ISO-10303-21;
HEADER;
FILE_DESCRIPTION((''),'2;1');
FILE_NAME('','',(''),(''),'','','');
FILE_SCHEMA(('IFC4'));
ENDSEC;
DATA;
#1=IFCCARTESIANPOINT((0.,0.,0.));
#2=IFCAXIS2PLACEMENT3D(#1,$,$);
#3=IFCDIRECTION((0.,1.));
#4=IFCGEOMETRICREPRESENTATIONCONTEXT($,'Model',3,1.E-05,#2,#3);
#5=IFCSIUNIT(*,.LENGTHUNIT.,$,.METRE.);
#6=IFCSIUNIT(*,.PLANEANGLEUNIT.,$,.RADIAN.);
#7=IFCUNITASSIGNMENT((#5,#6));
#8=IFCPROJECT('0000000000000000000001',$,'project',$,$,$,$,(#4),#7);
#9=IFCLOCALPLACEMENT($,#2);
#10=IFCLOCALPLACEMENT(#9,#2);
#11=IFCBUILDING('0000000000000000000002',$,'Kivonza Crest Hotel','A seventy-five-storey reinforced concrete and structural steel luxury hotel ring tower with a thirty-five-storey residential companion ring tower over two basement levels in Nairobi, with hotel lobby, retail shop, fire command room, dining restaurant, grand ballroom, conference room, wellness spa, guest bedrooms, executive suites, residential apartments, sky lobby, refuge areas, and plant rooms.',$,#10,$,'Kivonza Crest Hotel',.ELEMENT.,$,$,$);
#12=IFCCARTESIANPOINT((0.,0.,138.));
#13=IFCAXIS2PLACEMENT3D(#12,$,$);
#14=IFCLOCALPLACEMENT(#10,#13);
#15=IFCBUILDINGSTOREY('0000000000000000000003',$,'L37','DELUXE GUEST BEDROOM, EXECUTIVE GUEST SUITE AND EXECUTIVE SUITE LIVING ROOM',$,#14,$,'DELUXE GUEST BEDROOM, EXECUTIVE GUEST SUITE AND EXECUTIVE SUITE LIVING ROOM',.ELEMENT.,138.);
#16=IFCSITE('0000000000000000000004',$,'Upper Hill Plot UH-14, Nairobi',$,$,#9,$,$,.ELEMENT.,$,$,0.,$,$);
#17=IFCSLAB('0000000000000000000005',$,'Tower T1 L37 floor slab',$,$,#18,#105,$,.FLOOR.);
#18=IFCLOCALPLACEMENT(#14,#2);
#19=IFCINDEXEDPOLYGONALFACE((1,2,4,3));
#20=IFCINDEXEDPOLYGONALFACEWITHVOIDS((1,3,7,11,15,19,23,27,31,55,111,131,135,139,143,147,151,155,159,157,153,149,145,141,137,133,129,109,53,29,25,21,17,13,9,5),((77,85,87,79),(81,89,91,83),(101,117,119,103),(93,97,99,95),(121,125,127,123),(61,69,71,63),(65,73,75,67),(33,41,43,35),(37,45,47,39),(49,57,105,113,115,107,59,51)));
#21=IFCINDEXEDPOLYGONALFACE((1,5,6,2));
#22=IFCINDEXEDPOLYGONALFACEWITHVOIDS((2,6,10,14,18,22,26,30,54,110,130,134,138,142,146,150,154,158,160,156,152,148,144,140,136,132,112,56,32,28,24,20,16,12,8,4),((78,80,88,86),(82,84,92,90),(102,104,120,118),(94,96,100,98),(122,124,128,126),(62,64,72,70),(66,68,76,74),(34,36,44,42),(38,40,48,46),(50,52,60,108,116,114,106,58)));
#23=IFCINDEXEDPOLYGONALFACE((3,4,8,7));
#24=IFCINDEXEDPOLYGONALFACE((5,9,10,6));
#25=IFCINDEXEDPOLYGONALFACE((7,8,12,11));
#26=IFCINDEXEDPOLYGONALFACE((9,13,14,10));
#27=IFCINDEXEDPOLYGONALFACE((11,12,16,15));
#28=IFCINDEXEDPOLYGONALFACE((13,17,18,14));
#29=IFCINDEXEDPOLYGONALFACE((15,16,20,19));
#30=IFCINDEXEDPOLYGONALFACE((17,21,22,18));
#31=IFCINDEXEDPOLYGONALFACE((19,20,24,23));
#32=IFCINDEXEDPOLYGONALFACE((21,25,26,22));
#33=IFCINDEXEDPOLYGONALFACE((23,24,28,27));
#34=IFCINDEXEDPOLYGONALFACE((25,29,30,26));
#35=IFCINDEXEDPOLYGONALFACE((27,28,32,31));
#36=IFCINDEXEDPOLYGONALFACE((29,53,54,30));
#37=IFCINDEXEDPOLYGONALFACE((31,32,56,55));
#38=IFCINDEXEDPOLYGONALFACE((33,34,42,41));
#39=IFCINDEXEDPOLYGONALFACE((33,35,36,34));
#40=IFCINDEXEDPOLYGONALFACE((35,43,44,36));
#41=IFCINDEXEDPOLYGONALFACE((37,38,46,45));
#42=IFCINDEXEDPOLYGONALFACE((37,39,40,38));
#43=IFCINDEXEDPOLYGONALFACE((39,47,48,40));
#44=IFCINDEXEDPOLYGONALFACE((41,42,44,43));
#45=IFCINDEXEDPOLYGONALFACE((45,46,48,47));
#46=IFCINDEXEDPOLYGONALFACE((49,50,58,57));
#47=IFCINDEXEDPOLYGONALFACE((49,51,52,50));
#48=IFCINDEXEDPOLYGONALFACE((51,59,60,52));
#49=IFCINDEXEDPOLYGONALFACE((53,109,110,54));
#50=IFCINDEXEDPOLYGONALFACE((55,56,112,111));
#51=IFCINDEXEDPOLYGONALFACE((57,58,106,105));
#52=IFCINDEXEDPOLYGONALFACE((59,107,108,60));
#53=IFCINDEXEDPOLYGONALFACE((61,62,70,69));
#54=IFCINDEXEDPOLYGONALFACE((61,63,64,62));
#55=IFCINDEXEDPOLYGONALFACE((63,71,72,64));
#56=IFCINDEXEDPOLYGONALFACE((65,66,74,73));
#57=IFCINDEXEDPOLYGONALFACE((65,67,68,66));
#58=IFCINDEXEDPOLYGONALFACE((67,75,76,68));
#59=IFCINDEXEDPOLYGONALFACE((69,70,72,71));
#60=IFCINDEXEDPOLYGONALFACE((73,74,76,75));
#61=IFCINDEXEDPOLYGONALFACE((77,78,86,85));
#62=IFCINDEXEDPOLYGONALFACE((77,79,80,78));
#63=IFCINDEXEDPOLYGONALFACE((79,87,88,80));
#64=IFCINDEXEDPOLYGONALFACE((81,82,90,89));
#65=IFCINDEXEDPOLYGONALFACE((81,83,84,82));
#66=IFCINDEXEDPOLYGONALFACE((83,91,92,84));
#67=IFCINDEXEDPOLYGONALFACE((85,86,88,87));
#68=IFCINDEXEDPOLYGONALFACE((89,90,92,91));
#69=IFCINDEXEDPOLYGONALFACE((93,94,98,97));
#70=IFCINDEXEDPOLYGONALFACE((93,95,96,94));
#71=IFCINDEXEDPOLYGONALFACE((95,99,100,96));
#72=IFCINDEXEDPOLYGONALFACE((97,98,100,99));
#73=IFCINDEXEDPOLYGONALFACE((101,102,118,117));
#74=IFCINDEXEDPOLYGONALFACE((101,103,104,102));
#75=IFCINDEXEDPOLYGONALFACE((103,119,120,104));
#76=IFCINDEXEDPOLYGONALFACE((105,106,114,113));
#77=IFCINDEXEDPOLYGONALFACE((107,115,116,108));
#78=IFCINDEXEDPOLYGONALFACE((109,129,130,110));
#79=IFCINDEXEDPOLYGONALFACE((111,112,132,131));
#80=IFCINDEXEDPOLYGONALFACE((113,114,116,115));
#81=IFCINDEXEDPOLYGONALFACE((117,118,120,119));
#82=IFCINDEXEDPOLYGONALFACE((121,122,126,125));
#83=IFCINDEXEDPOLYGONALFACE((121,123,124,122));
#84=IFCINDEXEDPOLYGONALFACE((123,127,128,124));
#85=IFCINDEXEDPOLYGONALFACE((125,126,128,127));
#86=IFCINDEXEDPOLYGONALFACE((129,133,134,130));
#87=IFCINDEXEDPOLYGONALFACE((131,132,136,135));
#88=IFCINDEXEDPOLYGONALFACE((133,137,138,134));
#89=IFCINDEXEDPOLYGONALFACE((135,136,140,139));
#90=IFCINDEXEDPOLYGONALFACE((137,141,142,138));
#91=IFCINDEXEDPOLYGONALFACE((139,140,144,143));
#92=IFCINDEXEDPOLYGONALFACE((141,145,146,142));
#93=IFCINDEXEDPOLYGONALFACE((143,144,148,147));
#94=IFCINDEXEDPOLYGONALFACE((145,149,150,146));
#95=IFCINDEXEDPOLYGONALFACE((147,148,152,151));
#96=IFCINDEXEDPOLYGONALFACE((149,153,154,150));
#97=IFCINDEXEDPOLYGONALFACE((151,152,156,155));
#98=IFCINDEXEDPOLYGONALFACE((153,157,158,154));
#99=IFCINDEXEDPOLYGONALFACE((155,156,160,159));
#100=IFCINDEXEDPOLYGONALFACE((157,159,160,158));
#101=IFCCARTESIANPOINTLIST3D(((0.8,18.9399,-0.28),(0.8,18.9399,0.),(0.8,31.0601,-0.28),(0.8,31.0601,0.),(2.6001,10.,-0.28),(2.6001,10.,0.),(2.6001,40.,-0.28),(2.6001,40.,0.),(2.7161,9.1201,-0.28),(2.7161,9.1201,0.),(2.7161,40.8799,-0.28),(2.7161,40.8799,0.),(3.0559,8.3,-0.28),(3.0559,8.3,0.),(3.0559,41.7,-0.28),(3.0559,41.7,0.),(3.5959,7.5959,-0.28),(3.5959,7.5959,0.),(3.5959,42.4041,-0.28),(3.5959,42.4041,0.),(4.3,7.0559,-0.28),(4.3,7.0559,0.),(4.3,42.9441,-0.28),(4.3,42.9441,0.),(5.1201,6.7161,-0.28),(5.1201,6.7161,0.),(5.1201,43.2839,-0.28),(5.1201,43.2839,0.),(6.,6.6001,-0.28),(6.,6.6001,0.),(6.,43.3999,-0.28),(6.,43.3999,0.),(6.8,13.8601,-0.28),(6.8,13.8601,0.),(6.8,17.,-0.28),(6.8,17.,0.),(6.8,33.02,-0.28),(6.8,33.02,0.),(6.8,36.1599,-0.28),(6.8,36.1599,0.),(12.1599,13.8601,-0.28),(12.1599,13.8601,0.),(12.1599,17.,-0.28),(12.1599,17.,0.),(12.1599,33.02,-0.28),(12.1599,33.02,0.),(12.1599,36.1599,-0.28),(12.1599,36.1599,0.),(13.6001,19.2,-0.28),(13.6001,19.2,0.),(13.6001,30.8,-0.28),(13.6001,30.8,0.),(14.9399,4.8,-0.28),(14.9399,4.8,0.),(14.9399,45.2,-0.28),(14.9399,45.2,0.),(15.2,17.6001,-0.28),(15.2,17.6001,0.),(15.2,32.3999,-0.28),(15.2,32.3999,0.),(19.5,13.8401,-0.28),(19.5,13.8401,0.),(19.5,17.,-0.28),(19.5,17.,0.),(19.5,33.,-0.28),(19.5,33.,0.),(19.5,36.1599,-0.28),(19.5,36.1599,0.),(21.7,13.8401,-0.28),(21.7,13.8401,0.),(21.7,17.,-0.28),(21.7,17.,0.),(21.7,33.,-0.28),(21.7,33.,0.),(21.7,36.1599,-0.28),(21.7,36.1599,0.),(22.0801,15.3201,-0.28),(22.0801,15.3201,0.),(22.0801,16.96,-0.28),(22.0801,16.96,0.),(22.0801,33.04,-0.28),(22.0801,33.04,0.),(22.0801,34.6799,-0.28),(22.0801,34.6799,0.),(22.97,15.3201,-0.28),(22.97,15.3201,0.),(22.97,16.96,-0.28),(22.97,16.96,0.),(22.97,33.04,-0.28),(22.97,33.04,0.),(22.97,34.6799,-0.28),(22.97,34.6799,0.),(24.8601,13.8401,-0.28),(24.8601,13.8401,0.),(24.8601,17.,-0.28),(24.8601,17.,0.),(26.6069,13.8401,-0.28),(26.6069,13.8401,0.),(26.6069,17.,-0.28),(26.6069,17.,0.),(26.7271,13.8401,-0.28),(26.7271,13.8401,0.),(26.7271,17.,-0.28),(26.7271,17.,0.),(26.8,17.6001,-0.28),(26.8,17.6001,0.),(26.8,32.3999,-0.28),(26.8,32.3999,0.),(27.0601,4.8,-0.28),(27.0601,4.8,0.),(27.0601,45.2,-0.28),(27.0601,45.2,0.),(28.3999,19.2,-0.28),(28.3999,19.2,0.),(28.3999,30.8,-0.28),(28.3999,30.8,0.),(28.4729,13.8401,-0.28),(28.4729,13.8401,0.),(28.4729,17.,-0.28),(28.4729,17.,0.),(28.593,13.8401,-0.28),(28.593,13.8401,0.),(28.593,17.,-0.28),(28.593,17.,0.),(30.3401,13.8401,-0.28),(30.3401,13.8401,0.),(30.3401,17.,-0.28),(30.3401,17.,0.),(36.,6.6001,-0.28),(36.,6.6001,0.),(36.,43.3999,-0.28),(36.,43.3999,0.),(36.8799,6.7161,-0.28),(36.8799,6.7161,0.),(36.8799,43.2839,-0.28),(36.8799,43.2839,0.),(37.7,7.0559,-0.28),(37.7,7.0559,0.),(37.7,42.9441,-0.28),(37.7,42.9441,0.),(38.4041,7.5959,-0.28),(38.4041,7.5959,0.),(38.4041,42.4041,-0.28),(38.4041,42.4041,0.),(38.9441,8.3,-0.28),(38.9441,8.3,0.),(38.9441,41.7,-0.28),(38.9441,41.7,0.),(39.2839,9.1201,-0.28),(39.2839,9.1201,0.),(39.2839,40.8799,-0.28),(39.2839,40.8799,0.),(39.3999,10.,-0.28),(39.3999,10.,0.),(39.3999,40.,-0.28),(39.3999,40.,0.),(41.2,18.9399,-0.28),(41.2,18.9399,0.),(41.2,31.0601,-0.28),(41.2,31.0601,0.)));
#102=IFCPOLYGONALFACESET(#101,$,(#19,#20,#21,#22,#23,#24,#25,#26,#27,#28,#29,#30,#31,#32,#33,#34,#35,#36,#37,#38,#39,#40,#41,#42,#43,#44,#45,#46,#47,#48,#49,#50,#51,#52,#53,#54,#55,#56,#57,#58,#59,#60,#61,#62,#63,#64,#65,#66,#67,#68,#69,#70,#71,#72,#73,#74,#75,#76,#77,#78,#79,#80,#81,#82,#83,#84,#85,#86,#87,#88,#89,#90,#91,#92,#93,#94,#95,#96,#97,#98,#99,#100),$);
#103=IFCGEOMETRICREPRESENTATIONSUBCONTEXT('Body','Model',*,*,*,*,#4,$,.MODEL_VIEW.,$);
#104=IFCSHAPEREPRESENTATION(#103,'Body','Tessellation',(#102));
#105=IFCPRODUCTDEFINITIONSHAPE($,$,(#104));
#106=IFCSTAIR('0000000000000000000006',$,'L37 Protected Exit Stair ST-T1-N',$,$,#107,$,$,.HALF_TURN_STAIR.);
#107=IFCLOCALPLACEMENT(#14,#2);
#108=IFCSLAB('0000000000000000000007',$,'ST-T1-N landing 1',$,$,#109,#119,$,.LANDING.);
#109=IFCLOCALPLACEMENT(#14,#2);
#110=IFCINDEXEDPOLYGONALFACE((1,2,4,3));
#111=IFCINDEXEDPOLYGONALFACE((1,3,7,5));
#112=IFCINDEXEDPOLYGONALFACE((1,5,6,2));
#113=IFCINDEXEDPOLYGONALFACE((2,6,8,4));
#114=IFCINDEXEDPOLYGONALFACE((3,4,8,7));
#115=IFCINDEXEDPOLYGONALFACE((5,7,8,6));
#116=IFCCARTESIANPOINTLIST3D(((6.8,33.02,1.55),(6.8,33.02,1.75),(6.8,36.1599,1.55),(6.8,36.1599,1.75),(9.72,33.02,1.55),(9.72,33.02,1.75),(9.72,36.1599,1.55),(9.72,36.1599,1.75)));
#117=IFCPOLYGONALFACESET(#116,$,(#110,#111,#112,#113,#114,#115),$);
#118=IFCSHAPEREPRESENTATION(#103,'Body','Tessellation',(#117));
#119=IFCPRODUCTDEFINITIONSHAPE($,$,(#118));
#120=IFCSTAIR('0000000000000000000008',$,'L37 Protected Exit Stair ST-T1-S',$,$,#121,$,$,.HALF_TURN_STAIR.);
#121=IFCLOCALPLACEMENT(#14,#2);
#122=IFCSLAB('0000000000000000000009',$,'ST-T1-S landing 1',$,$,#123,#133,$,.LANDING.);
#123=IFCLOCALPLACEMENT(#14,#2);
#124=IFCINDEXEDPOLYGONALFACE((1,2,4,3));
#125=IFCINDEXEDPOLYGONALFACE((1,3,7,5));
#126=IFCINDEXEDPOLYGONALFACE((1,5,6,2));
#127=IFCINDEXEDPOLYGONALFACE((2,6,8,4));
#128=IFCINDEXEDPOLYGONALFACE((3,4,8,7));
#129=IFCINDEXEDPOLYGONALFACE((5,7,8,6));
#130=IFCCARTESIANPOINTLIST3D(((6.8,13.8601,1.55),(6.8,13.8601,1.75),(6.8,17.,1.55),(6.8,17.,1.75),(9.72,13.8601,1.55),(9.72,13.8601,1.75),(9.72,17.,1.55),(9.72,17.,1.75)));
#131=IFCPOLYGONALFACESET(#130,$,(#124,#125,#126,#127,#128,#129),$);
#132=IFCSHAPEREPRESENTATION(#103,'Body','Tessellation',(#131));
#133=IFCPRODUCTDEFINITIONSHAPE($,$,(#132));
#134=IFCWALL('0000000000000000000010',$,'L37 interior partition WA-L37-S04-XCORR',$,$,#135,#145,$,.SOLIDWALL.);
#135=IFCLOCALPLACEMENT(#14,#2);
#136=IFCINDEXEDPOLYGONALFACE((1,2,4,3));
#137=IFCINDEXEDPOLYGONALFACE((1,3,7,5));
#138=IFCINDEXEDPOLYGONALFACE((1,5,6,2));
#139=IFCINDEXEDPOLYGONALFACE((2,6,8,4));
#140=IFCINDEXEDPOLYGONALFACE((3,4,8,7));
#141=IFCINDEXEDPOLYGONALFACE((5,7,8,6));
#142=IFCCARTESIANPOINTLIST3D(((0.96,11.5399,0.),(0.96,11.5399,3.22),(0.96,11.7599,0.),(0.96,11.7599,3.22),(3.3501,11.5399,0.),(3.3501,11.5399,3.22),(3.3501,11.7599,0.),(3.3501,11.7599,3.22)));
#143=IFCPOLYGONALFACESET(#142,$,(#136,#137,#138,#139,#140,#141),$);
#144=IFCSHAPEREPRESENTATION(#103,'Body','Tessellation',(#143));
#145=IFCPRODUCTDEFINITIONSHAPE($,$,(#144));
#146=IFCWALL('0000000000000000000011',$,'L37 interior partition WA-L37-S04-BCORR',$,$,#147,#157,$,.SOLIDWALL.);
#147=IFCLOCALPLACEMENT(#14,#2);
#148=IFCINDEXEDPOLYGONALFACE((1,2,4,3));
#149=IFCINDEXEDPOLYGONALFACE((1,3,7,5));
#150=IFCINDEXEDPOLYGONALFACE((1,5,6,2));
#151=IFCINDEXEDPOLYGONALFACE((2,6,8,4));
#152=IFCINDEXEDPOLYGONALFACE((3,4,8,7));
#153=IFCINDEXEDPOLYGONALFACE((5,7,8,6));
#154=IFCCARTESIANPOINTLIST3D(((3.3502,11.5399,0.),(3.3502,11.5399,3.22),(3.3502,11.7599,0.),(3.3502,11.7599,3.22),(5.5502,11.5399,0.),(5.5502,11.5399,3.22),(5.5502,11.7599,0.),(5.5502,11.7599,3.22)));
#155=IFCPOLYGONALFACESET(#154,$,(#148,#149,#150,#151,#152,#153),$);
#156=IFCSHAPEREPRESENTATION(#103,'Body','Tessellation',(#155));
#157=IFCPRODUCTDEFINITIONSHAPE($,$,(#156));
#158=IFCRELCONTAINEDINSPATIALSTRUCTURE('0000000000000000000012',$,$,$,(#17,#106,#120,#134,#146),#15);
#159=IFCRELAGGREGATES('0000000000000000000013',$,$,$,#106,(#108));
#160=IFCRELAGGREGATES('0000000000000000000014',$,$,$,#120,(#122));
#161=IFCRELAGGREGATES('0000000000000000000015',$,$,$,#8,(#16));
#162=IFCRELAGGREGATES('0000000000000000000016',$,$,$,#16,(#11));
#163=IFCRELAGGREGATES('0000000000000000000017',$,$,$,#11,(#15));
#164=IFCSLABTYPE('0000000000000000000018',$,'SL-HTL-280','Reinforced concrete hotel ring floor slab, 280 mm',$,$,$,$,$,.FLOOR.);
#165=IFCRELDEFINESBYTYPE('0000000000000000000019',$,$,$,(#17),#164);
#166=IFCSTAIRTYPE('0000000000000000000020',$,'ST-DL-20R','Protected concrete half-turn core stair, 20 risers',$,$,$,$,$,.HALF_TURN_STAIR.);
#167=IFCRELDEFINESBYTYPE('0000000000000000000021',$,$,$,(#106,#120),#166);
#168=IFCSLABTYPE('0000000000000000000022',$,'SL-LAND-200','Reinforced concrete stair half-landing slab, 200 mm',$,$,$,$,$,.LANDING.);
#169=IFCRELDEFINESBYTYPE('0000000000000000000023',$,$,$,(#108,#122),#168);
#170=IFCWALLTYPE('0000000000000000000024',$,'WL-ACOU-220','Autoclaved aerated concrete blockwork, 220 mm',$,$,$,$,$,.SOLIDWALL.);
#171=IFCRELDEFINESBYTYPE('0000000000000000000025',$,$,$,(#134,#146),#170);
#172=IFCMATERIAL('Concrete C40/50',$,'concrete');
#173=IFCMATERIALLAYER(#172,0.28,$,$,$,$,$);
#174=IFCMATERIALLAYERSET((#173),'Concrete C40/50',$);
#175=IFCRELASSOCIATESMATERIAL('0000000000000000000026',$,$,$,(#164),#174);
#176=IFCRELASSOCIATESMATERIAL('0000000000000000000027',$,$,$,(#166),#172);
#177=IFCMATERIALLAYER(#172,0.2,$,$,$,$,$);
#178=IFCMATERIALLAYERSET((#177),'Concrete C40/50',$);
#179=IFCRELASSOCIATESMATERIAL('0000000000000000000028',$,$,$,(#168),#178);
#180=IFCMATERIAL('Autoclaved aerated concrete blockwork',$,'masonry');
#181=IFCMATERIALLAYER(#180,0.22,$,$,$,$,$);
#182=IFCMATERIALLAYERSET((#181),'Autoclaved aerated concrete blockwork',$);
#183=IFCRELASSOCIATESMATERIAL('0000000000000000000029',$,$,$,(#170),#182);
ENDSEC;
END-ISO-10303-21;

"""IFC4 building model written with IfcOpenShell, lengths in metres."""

from ifc_helpers import new_model, si_unit, direction, frame, frame_2d, origin, place, context, subcontext, project, spatial, polyline, rectangle, outline, extrude, material, layer, layer_set, type_object, element, aggregate, save


model = new_model("IFC4")

# Units and contexts
model_context = context("Model", 3, precision=1e-05, world=origin(), true_north=direction((0.0, 1.0)))
body_context = subcontext(model_context, "Body", "Model", "MODEL_VIEW")
ifc_project = project(units=[si_unit("LENGTHUNIT", "METRE"), si_unit("PLANEANGLEUNIT", "RADIAN")], contexts=[model_context])

# Site, building, storey
site_placement = place(None, origin())
site = spatial("IfcSite", under=ifc_project, at=site_placement, Name="Upper Hill Plot UH-14, Nairobi", CompositionType="ELEMENT", RefElevation=0.0)
building_placement = place(site_placement, origin())
building = spatial("IfcBuilding", under=site, at=building_placement, Name="Kivonza Crest Hotel", Description="A seventy-five-storey reinforced concrete and structural steel luxury hotel ring tower with a thirty-five-storey residential companion ring tower over two basement levels in Nairobi, with hotel lobby, retail shop, fire command room, dining restaurant, grand ballroom, conference room, wellness spa, guest bedrooms, executive suites, residential apartments, sky lobby, refuge areas, and plant rooms.", LongName="Kivonza Crest Hotel", CompositionType="ELEMENT")
storey_placement = place(building_placement, frame((0.0, 0.0, 138.0)))
storey = spatial("IfcBuildingStorey", under=building, at=storey_placement, Name="L37", Description="DELUXE GUEST BEDROOM, EXECUTIVE GUEST SUITE AND EXECUTIVE SUITE LIVING ROOM", LongName="DELUXE GUEST BEDROOM, EXECUTIVE GUEST SUITE AND EXECUTIVE SUITE LIVING ROOM", CompositionType="ELEMENT", Elevation=138.0)

# Slab
ifc_material_1 = material(Name="Concrete C40/50", Category="concrete")
ifc_layer_1 = layer(ifc_material_1, 0.28)
ifc_layer_set_1 = layer_set([ifc_layer_1], Name="Concrete C40/50")
slab_type_1 = type_object("IfcSlabType", Name="SL-HTL-280", Description="Reinforced concrete hotel ring floor slab, 280 mm", PredefinedType="FLOOR", material=ifc_layer_set_1)
slab_1_placement = place(storey_placement, frame((0.0, 0.0, -0.28)))
element("IfcSlab", 1, at=slab_1_placement, inside=storey, type_object=slab_type_1, Name="Tower T1 L37 floor slab", PredefinedType="FLOOR", context=body_context, shape_type="SweptSolid", body=[
    extrude(outline(polyline([(2.6001, 10.0), (2.7161, 9.1201), (3.0559, 8.3), (3.5959, 7.5959), (4.3, 7.0559), (5.1201, 6.7161), (6.0, 6.6001), (14.9399, 4.8), (27.0601, 4.8), (36.0, 6.6001), (36.8799, 6.7161), (37.7, 7.0559), (38.4041, 7.5959), (38.9441, 8.3), (39.2839, 9.1201), (39.3999, 10.0), (41.2, 18.9399), (41.2, 31.0601), (39.3999, 40.0), (39.2839, 40.8799), (38.9441, 41.7), (38.4041, 42.4041), (37.7, 42.9441), (36.8799, 43.2839), (36.0, 43.3999), (27.0601, 45.2), (14.9399, 45.2), (6.0, 43.3999), (5.1201, 43.2839), (4.3, 42.9441), (3.5959, 42.4041), (3.0559, 41.7), (2.7161, 40.8799), (2.6001, 40.0), (0.8, 31.0601), (0.8, 18.9399), (2.6001, 10.0)]), holes=[polyline([(15.2, 17.6001), (26.8, 17.6001), (28.3999, 19.2), (28.3999, 30.8), (26.8, 32.3999), (15.2, 32.3999), (13.6001, 30.8), (13.6001, 19.2), (15.2, 17.6001)]), polyline([(6.8, 33.02), (12.1599, 33.02), (12.1599, 36.1599), (6.8, 36.1599), (6.8, 33.02)]), polyline([(6.8, 13.8601), (12.1599, 13.8601), (12.1599, 17.0), (6.8, 17.0), (6.8, 13.8601)]), polyline([(22.0801, 33.04), (22.97, 33.04), (22.97, 34.6799), (22.0801, 34.6799), (22.0801, 33.04)]), polyline([(22.0801, 15.3201), (22.97, 15.3201), (22.97, 16.96), (22.0801, 16.96), (22.0801, 15.3201)]), polyline([(19.5, 33.0), (21.7, 33.0), (21.7, 36.1599), (19.5, 36.1599), (19.5, 33.0)]), polyline([(19.5, 13.8401), (21.7, 13.8401), (21.7, 17.0), (19.5, 17.0), (19.5, 13.8401)]), polyline([(24.8601, 13.8401), (26.6069, 13.8401), (26.6069, 17.0), (24.8601, 17.0), (24.8601, 13.8401)]), polyline([(26.7271, 13.8401), (28.4729, 13.8401), (28.4729, 17.0), (26.7271, 17.0), (26.7271, 13.8401)]), polyline([(28.593, 13.8401), (30.3401, 13.8401), (30.3401, 17.0), (28.593, 17.0), (28.593, 13.8401)])]), origin(), (0.0, 0.0, 1.0), 0.28),
])

# Stairs, slabs
stair_type = type_object("IfcStairType", Name="ST-DL-20R", Description="Protected concrete half-turn core stair, 20 risers", PredefinedType="HALF_TURN_STAIR", material=ifc_material_1)
stair_1_placement = place(storey_placement, origin())
stair_1 = element("IfcStair", 2, at=stair_1_placement, inside=storey, type_object=stair_type, Name="L37 Protected Exit Stair ST-T1-N", PredefinedType="HALF_TURN_STAIR")
ifc_layer_2 = layer(ifc_material_1, 0.2)
ifc_layer_set_2 = layer_set([ifc_layer_2], Name="Concrete C40/50")
slab_type_2 = type_object("IfcSlabType", Name="SL-LAND-200", Description="Reinforced concrete stair half-landing slab, 200 mm", PredefinedType="LANDING", material=ifc_layer_set_2)
slab_2_placement = place(storey_placement, frame((0.0, 0.0, 1.55)))
slab_2 = element("IfcSlab", 3, at=slab_2_placement, type_object=slab_type_2, Name="ST-T1-N landing 1", PredefinedType="LANDING", context=body_context, shape_type="SweptSolid", body=[
    extrude(outline(polyline([(9.72, 36.1599), (6.8, 36.1599), (6.8, 33.02), (9.72, 33.02), (9.72, 36.1599)])), origin(), (0.0, 0.0, 1.0), 0.2),
])
aggregate(stair_1, [slab_2])
stair_2_placement = place(storey_placement, origin())
stair_2 = element("IfcStair", 4, at=stair_2_placement, inside=storey, type_object=stair_type, Name="L37 Protected Exit Stair ST-T1-S", PredefinedType="HALF_TURN_STAIR")
slab_3_placement = place(storey_placement, frame((0.0, 0.0, 1.55)))
slab_3 = element("IfcSlab", 5, at=slab_3_placement, type_object=slab_type_2, Name="ST-T1-S landing 1", PredefinedType="LANDING", context=body_context, shape_type="SweptSolid", body=[
    extrude(outline(polyline([(9.72, 17.0), (6.8, 17.0), (6.8, 13.8601), (9.72, 13.8601), (9.72, 17.0)])), origin(), (0.0, 0.0, 1.0), 0.2),
])
aggregate(stair_2, [slab_3])

# Walls
ifc_material_2 = material(Name="Autoclaved aerated concrete blockwork", Category="masonry")
ifc_layer_3 = layer(ifc_material_2, 0.22)
ifc_layer_set_3 = layer_set([ifc_layer_3], Name="Autoclaved aerated concrete blockwork")
wall_type_1 = type_object("IfcWallType", Name="WL-ACOU-220", Description="Autoclaved aerated concrete blockwork, 220 mm", PredefinedType="SOLIDWALL", material=ifc_layer_set_3)
wall_1_placement = place(storey_placement, frame((0.96, 11.6499, 0.0), z_axis=(0.0, 0.0, 1.0), x_axis=(1.0, 0.0, 0.0)))
element("IfcWall", 6, at=wall_1_placement, inside=storey, type_object=wall_type_1, Name="L37 interior partition WA-L37-S04-XCORR", PredefinedType="SOLIDWALL", context=body_context, shape_type="SweptSolid", body=[
    extrude(rectangle(XDim=2.3901, YDim=0.22, at=frame_2d((1.1951, 0.0))), origin(), (0.0, 0.0, 1.0), 3.22),
])
wall_2_placement = place(storey_placement, frame((3.3501, 11.6499, 0.0), z_axis=(0.0, 0.0, 1.0), x_axis=(1.0, 0.0, 0.0)))
element("IfcWall", 7, at=wall_2_placement, inside=storey, type_object=wall_type_1, Name="L37 interior partition WA-L37-S04-BCORR", PredefinedType="SOLIDWALL", context=body_context, shape_type="SweptSolid", body=[
    extrude(rectangle(XDim=2.2, YDim=0.22, at=frame_2d((1.1001, 0.0))), origin(), (0.0, 0.0, 1.0), 3.22),
])

save(model, "model.ifc")
